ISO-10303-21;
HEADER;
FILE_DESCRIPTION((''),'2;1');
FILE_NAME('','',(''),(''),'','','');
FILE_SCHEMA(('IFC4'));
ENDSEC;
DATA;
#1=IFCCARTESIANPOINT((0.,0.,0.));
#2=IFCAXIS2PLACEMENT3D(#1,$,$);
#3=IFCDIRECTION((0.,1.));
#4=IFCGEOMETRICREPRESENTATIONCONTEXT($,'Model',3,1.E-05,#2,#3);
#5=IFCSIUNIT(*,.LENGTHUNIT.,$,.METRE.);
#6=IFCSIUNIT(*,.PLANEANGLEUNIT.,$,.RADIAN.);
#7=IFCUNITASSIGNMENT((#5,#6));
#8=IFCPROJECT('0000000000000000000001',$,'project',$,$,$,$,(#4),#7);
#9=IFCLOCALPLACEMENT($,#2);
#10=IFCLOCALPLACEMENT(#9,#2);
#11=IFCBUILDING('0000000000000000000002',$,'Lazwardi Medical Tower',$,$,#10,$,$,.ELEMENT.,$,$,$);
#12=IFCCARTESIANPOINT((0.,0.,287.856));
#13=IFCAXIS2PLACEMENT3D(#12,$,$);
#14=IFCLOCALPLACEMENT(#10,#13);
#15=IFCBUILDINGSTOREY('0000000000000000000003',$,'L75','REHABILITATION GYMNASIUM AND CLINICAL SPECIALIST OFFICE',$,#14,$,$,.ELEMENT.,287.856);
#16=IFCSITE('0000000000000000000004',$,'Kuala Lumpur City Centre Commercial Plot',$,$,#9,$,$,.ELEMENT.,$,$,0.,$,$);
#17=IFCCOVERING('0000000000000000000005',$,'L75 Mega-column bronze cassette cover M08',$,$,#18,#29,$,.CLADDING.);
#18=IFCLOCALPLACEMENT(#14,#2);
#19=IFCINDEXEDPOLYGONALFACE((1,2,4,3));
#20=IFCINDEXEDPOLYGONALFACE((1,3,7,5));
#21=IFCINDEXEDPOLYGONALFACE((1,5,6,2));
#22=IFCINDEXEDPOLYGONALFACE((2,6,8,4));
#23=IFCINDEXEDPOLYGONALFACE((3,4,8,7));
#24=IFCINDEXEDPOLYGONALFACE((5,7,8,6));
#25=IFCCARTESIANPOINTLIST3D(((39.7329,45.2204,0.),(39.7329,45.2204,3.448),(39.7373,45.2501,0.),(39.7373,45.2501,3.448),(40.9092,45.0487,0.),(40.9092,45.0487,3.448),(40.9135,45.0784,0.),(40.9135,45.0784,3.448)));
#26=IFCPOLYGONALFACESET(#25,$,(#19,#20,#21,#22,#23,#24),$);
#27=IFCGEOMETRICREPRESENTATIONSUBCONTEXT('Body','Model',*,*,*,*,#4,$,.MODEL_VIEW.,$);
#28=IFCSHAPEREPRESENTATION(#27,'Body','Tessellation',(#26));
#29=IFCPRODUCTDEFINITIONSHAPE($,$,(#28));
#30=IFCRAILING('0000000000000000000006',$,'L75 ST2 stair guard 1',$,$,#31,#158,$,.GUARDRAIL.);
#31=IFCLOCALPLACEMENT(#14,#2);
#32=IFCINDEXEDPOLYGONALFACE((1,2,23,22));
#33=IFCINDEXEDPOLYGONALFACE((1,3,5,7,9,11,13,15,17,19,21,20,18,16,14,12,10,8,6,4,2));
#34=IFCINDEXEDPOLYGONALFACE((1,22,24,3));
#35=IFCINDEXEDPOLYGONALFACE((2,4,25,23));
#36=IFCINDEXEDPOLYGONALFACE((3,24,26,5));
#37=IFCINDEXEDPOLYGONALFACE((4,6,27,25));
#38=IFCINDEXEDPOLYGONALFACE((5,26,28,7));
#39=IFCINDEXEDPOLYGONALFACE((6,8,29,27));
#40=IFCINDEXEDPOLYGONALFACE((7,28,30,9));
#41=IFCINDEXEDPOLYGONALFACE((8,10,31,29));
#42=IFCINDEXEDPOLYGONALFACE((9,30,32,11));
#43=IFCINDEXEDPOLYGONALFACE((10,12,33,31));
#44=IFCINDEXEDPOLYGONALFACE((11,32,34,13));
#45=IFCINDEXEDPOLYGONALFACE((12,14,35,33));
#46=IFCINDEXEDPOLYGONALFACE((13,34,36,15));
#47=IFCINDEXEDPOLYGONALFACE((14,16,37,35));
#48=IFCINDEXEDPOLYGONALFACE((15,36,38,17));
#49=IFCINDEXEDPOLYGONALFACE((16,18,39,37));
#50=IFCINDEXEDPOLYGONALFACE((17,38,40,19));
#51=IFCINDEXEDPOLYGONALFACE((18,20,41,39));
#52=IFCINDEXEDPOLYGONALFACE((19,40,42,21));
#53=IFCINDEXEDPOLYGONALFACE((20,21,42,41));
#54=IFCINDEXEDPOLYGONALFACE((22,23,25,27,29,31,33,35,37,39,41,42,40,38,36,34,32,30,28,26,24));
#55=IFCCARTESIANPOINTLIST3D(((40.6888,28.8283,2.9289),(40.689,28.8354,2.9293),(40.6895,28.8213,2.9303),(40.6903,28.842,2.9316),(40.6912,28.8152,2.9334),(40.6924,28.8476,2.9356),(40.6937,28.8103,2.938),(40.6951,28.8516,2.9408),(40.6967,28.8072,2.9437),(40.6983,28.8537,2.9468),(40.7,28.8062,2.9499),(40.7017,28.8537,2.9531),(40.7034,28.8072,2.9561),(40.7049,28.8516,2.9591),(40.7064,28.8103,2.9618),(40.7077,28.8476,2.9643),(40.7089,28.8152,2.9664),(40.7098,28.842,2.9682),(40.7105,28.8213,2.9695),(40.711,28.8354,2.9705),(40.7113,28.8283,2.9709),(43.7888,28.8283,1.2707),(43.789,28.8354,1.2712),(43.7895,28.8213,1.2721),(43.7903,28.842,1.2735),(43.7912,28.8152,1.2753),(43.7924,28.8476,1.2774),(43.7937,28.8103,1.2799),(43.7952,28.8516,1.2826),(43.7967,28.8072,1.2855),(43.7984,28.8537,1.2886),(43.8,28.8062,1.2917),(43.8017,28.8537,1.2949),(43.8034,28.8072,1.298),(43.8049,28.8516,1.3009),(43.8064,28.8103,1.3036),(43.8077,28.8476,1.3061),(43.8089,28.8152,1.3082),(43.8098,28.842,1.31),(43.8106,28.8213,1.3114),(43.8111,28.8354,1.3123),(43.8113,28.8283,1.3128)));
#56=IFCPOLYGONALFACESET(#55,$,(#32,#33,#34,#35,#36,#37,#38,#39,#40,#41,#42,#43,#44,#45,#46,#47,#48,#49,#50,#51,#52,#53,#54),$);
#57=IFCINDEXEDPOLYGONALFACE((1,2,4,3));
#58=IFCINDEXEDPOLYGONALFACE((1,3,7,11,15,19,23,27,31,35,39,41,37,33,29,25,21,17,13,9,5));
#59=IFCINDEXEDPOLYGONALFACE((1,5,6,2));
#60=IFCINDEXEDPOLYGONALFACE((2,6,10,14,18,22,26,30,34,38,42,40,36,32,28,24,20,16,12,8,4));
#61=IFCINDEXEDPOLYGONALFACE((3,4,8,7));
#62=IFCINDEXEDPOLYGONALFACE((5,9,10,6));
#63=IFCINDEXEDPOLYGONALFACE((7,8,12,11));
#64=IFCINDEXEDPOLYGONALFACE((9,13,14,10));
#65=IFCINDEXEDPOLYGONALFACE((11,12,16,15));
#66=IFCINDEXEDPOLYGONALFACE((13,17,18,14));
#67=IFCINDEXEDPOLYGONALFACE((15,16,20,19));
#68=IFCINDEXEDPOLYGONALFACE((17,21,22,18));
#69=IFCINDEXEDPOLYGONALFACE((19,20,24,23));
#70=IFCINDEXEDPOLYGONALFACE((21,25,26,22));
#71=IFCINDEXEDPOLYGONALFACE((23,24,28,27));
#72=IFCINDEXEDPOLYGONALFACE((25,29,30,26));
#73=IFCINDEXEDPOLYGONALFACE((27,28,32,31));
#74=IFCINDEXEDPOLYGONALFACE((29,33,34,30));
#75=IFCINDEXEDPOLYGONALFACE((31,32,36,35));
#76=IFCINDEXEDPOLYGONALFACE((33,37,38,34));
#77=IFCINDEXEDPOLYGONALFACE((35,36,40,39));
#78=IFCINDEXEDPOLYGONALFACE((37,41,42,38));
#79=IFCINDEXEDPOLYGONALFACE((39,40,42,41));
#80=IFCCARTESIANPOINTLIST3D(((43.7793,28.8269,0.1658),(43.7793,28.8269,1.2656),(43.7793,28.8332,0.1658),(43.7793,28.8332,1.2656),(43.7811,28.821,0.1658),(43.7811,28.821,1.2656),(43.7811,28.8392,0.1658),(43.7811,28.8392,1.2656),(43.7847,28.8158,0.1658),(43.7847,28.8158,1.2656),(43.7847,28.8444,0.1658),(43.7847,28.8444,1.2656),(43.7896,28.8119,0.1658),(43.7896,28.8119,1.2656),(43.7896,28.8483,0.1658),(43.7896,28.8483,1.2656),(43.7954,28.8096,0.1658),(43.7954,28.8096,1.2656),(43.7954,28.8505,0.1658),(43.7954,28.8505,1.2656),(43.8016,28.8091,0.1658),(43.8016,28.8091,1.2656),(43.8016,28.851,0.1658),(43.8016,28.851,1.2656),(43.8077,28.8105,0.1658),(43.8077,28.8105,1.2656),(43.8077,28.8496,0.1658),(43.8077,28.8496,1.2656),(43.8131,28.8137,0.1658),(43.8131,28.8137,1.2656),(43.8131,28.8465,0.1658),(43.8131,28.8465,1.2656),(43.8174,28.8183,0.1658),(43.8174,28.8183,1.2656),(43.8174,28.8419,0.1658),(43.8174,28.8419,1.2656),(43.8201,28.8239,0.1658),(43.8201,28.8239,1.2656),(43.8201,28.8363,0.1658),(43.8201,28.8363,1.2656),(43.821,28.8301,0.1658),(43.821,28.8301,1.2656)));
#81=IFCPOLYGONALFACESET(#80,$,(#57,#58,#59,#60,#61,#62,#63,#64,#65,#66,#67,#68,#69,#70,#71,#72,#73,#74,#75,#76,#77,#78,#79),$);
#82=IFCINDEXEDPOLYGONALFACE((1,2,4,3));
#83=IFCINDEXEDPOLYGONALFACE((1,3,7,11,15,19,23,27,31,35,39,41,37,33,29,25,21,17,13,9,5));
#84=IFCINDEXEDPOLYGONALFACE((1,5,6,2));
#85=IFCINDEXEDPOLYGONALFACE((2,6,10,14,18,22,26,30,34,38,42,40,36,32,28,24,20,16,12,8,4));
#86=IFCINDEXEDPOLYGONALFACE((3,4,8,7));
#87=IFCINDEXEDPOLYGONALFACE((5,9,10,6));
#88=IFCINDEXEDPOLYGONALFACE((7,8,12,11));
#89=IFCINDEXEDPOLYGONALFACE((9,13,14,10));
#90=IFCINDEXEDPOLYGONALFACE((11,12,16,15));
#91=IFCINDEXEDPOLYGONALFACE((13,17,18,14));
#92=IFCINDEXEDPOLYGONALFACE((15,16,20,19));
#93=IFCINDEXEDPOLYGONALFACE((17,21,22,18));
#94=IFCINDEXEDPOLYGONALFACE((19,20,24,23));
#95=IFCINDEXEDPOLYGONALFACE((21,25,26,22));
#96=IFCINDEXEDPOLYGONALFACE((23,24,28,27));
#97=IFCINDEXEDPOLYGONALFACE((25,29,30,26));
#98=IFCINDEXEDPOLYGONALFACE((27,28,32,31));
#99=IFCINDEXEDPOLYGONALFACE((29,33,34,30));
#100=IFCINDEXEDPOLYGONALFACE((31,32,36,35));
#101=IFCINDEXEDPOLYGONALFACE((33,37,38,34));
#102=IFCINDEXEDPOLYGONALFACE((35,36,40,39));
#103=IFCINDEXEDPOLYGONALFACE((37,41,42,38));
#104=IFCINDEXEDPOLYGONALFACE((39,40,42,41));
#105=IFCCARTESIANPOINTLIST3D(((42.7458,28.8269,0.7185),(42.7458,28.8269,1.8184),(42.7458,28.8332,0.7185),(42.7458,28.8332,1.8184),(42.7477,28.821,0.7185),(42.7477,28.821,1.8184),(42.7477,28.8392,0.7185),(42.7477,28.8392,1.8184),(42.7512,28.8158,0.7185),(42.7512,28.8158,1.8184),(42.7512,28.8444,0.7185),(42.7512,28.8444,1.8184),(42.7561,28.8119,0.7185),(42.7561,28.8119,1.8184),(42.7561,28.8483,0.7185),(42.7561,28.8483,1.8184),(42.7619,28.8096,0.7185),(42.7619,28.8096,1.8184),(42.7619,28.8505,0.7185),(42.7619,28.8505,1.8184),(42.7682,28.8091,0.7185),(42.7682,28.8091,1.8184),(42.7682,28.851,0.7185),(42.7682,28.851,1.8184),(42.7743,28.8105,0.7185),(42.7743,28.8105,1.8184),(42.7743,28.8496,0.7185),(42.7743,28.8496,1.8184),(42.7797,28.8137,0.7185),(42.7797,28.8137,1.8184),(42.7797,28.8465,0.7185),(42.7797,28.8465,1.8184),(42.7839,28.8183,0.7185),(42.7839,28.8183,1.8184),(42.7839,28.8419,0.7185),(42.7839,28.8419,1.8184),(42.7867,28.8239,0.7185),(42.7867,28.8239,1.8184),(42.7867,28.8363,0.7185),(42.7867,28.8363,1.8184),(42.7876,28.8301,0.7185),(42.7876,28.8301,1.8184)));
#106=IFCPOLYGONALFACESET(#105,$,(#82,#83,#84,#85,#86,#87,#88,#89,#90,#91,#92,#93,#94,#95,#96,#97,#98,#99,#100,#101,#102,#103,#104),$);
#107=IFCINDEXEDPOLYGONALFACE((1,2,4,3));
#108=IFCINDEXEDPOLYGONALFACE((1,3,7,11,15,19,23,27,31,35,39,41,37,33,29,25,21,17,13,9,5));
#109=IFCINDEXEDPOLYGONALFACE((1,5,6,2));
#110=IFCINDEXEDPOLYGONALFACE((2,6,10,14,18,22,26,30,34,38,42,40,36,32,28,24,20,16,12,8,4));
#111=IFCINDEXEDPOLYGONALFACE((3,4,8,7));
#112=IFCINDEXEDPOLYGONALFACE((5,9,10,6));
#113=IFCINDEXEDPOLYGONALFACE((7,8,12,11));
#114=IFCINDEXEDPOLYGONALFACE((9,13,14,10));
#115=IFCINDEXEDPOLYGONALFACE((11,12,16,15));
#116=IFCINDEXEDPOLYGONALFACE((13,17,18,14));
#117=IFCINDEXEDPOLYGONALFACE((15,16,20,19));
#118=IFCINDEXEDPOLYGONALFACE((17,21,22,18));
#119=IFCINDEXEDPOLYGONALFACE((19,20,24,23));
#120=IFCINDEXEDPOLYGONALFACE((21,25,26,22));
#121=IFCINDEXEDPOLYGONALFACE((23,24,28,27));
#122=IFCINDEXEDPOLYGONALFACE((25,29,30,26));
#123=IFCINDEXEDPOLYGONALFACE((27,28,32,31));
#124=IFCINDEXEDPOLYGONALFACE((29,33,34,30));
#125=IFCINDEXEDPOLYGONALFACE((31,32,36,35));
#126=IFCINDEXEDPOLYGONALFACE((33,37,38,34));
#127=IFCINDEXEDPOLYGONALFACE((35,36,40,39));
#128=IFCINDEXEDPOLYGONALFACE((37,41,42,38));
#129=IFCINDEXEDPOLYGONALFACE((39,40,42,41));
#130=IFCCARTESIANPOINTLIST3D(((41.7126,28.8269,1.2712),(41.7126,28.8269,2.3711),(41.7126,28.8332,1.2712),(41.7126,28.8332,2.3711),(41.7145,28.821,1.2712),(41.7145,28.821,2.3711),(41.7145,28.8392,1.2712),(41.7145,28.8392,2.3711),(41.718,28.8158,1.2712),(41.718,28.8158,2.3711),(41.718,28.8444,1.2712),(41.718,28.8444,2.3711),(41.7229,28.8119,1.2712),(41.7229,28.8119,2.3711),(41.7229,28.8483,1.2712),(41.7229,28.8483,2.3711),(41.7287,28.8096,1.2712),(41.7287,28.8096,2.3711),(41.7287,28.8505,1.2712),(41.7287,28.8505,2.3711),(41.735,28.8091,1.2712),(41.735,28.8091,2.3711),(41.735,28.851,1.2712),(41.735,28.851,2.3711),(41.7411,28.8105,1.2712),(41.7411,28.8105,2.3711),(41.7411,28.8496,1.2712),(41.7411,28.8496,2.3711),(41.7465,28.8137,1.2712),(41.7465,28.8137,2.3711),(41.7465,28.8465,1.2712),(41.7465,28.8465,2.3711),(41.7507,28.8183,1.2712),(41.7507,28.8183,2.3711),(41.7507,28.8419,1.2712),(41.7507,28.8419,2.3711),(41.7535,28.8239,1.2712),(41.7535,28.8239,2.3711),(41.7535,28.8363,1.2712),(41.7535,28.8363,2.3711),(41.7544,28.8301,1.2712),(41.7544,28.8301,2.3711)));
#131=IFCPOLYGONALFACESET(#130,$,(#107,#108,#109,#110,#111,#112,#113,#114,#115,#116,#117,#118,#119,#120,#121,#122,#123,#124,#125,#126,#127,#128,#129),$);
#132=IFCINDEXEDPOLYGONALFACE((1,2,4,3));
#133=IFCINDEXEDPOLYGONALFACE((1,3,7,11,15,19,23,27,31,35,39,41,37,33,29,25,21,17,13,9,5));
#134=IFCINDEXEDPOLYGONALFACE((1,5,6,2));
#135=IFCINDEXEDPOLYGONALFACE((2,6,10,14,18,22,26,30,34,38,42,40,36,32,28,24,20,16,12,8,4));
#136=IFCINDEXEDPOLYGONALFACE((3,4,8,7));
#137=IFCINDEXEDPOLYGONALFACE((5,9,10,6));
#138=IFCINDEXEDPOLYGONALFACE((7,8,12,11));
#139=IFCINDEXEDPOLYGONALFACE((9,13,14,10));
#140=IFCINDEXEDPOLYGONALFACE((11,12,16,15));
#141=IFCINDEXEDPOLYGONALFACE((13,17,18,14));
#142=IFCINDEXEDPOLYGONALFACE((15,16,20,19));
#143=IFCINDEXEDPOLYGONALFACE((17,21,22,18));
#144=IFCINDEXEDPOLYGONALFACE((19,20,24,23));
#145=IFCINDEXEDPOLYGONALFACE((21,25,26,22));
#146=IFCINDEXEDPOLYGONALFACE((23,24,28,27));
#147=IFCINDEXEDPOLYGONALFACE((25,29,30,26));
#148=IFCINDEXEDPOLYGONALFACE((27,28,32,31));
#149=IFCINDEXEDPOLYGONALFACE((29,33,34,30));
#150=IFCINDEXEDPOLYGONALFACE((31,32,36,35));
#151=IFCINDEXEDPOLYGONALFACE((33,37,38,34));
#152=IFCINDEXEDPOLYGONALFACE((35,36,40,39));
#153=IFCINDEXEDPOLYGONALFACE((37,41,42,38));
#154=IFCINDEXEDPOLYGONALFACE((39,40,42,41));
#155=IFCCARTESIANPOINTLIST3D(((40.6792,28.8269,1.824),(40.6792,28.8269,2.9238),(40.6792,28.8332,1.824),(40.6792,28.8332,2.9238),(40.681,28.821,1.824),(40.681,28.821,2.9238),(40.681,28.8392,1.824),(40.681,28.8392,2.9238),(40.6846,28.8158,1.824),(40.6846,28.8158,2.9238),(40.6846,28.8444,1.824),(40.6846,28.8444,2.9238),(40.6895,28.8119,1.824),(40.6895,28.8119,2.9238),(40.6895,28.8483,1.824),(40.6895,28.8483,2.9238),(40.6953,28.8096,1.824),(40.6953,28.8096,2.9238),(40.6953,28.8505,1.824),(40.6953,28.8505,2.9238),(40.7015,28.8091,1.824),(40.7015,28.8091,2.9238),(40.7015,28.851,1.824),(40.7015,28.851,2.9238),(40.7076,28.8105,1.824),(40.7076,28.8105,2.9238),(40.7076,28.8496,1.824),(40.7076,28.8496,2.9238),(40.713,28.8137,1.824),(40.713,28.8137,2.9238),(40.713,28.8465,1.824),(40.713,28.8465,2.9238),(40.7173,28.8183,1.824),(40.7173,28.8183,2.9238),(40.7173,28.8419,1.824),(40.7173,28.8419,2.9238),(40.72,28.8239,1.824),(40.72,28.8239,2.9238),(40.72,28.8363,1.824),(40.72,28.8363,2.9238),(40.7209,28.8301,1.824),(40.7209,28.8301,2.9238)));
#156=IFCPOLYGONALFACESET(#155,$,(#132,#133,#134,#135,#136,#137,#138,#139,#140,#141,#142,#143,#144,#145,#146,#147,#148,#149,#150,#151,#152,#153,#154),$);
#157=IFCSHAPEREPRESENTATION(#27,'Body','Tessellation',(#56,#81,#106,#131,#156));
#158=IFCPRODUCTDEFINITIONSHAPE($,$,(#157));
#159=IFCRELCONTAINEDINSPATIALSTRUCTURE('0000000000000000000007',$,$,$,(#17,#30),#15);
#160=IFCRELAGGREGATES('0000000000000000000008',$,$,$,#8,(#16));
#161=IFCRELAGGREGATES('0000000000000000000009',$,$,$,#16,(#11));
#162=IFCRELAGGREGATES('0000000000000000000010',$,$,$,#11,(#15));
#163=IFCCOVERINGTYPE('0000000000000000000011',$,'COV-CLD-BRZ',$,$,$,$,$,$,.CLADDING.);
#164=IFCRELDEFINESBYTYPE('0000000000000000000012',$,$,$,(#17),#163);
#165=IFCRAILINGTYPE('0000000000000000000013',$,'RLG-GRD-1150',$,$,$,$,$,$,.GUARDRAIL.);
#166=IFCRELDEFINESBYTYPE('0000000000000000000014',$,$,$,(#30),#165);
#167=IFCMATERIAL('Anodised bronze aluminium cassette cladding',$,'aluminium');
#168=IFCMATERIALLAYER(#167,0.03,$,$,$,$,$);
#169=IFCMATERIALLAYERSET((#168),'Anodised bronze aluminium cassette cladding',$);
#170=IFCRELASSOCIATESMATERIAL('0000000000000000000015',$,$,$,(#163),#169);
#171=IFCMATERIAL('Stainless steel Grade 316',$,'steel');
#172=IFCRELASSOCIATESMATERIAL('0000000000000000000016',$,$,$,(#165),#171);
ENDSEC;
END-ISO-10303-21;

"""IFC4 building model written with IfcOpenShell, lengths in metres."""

from ifc_helpers import new_model, si_unit, direction, frame, origin, origin_2d, place, context, subcontext, project, spatial, rectangle, circle, extrude, material, layer, layer_set, type_object, element, save


model = new_model("IFC4")

# Units and contexts
model_context = context("Model", 3, precision=1e-05, world=origin(), true_north=direction((0.0, 1.0)))
body_context = subcontext(model_context, "Body", "Model", "MODEL_VIEW")
ifc_project = project(units=[si_unit("LENGTHUNIT", "METRE"), si_unit("PLANEANGLEUNIT", "RADIAN")], contexts=[model_context])

# Site, building, storey
site_placement = place(None, origin())
site = spatial("IfcSite", under=ifc_project, at=site_placement, Name="Kuala Lumpur City Centre Commercial Plot", CompositionType="ELEMENT", RefElevation=0.0)
building_placement = place(site_placement, origin())
building = spatial("IfcBuilding", under=site, at=building_placement, Name="Lazwardi Medical Tower", CompositionType="ELEMENT")
storey_placement = place(building_placement, frame((0.0, 0.0, 287.856)))
storey = spatial("IfcBuildingStorey", under=building, at=storey_placement, Name="L75", Description="REHABILITATION GYMNASIUM AND CLINICAL SPECIALIST OFFICE", CompositionType="ELEMENT", Elevation=287.856)

# Covering
ifc_material_1 = material(Name="Anodised bronze aluminium cassette cladding", Category="aluminium")
ifc_layer_1 = layer(ifc_material_1, 0.03)
ifc_layer_set_1 = layer_set([ifc_layer_1], Name="Anodised bronze aluminium cassette cladding")
covering_type = type_object("IfcCoveringType", Name="COV-CLD-BRZ", PredefinedType="CLADDING", material=ifc_layer_set_1)
covering_placement = place(storey_placement, frame((40.3232, 45.1494, 0.0), z_axis=(0.0, 0.0, 1.0), x_axis=(-0.989512, 0.144448, 0.0)))
element("IfcCovering", 1, at=covering_placement, inside=storey, type_object=covering_type, Name="L75 Mega-column bronze cassette cover M08", PredefinedType="CLADDING", context=body_context, shape_type="SweptSolid", body=[
    extrude(rectangle(XDim=1.1887, YDim=0.03, at=origin_2d()), origin(), (0.0, 0.0, 1.0), 3.448),
])

# Railing
ifc_material_2 = material(Name="Stainless steel Grade 316", Category="steel")
railing_type_1 = type_object("IfcRailingType", Name="RLG-GRD-1150", PredefinedType="GUARDRAIL", material=ifc_material_2)
railing_1_placement = place(storey_placement, frame((43.8, 28.8301, 0.1658)))
element("IfcRailing", 2, at=railing_1_placement, inside=storey, type_object=railing_type_1, Name="L75 ST2 stair guard 1", PredefinedType="GUARDRAIL", context=body_context, shape_type="SweptSolid", body=[
    extrude(circle(Radius=0.0239, at=origin_2d()), frame((0.0, 0.0, 1.126), z_axis=(-0.881783, 0.0, 0.471655), x_axis=(0.0, -1.0, 0.0)), (0.0, 0.0, 1.0), 3.5156),
    extrude(circle(Radius=0.021, at=origin_2d()), origin(), (0.0, 0.0, 1.0), 1.0999),
    extrude(circle(Radius=0.021, at=origin_2d()), frame((-1.0334, 0.0, 0.5527)), (0.0, 0.0, 1.0), 1.0999),
    extrude(circle(Radius=0.021, at=origin_2d()), frame((-2.0667, 0.0, 1.1055)), (0.0, 0.0, 1.0), 1.0999),
    extrude(circle(Radius=0.021, at=origin_2d()), frame((-3.1001, 0.0, 1.6582)), (0.0, 0.0, 1.0), 1.0999),
])

save(model, "model.ifc")
